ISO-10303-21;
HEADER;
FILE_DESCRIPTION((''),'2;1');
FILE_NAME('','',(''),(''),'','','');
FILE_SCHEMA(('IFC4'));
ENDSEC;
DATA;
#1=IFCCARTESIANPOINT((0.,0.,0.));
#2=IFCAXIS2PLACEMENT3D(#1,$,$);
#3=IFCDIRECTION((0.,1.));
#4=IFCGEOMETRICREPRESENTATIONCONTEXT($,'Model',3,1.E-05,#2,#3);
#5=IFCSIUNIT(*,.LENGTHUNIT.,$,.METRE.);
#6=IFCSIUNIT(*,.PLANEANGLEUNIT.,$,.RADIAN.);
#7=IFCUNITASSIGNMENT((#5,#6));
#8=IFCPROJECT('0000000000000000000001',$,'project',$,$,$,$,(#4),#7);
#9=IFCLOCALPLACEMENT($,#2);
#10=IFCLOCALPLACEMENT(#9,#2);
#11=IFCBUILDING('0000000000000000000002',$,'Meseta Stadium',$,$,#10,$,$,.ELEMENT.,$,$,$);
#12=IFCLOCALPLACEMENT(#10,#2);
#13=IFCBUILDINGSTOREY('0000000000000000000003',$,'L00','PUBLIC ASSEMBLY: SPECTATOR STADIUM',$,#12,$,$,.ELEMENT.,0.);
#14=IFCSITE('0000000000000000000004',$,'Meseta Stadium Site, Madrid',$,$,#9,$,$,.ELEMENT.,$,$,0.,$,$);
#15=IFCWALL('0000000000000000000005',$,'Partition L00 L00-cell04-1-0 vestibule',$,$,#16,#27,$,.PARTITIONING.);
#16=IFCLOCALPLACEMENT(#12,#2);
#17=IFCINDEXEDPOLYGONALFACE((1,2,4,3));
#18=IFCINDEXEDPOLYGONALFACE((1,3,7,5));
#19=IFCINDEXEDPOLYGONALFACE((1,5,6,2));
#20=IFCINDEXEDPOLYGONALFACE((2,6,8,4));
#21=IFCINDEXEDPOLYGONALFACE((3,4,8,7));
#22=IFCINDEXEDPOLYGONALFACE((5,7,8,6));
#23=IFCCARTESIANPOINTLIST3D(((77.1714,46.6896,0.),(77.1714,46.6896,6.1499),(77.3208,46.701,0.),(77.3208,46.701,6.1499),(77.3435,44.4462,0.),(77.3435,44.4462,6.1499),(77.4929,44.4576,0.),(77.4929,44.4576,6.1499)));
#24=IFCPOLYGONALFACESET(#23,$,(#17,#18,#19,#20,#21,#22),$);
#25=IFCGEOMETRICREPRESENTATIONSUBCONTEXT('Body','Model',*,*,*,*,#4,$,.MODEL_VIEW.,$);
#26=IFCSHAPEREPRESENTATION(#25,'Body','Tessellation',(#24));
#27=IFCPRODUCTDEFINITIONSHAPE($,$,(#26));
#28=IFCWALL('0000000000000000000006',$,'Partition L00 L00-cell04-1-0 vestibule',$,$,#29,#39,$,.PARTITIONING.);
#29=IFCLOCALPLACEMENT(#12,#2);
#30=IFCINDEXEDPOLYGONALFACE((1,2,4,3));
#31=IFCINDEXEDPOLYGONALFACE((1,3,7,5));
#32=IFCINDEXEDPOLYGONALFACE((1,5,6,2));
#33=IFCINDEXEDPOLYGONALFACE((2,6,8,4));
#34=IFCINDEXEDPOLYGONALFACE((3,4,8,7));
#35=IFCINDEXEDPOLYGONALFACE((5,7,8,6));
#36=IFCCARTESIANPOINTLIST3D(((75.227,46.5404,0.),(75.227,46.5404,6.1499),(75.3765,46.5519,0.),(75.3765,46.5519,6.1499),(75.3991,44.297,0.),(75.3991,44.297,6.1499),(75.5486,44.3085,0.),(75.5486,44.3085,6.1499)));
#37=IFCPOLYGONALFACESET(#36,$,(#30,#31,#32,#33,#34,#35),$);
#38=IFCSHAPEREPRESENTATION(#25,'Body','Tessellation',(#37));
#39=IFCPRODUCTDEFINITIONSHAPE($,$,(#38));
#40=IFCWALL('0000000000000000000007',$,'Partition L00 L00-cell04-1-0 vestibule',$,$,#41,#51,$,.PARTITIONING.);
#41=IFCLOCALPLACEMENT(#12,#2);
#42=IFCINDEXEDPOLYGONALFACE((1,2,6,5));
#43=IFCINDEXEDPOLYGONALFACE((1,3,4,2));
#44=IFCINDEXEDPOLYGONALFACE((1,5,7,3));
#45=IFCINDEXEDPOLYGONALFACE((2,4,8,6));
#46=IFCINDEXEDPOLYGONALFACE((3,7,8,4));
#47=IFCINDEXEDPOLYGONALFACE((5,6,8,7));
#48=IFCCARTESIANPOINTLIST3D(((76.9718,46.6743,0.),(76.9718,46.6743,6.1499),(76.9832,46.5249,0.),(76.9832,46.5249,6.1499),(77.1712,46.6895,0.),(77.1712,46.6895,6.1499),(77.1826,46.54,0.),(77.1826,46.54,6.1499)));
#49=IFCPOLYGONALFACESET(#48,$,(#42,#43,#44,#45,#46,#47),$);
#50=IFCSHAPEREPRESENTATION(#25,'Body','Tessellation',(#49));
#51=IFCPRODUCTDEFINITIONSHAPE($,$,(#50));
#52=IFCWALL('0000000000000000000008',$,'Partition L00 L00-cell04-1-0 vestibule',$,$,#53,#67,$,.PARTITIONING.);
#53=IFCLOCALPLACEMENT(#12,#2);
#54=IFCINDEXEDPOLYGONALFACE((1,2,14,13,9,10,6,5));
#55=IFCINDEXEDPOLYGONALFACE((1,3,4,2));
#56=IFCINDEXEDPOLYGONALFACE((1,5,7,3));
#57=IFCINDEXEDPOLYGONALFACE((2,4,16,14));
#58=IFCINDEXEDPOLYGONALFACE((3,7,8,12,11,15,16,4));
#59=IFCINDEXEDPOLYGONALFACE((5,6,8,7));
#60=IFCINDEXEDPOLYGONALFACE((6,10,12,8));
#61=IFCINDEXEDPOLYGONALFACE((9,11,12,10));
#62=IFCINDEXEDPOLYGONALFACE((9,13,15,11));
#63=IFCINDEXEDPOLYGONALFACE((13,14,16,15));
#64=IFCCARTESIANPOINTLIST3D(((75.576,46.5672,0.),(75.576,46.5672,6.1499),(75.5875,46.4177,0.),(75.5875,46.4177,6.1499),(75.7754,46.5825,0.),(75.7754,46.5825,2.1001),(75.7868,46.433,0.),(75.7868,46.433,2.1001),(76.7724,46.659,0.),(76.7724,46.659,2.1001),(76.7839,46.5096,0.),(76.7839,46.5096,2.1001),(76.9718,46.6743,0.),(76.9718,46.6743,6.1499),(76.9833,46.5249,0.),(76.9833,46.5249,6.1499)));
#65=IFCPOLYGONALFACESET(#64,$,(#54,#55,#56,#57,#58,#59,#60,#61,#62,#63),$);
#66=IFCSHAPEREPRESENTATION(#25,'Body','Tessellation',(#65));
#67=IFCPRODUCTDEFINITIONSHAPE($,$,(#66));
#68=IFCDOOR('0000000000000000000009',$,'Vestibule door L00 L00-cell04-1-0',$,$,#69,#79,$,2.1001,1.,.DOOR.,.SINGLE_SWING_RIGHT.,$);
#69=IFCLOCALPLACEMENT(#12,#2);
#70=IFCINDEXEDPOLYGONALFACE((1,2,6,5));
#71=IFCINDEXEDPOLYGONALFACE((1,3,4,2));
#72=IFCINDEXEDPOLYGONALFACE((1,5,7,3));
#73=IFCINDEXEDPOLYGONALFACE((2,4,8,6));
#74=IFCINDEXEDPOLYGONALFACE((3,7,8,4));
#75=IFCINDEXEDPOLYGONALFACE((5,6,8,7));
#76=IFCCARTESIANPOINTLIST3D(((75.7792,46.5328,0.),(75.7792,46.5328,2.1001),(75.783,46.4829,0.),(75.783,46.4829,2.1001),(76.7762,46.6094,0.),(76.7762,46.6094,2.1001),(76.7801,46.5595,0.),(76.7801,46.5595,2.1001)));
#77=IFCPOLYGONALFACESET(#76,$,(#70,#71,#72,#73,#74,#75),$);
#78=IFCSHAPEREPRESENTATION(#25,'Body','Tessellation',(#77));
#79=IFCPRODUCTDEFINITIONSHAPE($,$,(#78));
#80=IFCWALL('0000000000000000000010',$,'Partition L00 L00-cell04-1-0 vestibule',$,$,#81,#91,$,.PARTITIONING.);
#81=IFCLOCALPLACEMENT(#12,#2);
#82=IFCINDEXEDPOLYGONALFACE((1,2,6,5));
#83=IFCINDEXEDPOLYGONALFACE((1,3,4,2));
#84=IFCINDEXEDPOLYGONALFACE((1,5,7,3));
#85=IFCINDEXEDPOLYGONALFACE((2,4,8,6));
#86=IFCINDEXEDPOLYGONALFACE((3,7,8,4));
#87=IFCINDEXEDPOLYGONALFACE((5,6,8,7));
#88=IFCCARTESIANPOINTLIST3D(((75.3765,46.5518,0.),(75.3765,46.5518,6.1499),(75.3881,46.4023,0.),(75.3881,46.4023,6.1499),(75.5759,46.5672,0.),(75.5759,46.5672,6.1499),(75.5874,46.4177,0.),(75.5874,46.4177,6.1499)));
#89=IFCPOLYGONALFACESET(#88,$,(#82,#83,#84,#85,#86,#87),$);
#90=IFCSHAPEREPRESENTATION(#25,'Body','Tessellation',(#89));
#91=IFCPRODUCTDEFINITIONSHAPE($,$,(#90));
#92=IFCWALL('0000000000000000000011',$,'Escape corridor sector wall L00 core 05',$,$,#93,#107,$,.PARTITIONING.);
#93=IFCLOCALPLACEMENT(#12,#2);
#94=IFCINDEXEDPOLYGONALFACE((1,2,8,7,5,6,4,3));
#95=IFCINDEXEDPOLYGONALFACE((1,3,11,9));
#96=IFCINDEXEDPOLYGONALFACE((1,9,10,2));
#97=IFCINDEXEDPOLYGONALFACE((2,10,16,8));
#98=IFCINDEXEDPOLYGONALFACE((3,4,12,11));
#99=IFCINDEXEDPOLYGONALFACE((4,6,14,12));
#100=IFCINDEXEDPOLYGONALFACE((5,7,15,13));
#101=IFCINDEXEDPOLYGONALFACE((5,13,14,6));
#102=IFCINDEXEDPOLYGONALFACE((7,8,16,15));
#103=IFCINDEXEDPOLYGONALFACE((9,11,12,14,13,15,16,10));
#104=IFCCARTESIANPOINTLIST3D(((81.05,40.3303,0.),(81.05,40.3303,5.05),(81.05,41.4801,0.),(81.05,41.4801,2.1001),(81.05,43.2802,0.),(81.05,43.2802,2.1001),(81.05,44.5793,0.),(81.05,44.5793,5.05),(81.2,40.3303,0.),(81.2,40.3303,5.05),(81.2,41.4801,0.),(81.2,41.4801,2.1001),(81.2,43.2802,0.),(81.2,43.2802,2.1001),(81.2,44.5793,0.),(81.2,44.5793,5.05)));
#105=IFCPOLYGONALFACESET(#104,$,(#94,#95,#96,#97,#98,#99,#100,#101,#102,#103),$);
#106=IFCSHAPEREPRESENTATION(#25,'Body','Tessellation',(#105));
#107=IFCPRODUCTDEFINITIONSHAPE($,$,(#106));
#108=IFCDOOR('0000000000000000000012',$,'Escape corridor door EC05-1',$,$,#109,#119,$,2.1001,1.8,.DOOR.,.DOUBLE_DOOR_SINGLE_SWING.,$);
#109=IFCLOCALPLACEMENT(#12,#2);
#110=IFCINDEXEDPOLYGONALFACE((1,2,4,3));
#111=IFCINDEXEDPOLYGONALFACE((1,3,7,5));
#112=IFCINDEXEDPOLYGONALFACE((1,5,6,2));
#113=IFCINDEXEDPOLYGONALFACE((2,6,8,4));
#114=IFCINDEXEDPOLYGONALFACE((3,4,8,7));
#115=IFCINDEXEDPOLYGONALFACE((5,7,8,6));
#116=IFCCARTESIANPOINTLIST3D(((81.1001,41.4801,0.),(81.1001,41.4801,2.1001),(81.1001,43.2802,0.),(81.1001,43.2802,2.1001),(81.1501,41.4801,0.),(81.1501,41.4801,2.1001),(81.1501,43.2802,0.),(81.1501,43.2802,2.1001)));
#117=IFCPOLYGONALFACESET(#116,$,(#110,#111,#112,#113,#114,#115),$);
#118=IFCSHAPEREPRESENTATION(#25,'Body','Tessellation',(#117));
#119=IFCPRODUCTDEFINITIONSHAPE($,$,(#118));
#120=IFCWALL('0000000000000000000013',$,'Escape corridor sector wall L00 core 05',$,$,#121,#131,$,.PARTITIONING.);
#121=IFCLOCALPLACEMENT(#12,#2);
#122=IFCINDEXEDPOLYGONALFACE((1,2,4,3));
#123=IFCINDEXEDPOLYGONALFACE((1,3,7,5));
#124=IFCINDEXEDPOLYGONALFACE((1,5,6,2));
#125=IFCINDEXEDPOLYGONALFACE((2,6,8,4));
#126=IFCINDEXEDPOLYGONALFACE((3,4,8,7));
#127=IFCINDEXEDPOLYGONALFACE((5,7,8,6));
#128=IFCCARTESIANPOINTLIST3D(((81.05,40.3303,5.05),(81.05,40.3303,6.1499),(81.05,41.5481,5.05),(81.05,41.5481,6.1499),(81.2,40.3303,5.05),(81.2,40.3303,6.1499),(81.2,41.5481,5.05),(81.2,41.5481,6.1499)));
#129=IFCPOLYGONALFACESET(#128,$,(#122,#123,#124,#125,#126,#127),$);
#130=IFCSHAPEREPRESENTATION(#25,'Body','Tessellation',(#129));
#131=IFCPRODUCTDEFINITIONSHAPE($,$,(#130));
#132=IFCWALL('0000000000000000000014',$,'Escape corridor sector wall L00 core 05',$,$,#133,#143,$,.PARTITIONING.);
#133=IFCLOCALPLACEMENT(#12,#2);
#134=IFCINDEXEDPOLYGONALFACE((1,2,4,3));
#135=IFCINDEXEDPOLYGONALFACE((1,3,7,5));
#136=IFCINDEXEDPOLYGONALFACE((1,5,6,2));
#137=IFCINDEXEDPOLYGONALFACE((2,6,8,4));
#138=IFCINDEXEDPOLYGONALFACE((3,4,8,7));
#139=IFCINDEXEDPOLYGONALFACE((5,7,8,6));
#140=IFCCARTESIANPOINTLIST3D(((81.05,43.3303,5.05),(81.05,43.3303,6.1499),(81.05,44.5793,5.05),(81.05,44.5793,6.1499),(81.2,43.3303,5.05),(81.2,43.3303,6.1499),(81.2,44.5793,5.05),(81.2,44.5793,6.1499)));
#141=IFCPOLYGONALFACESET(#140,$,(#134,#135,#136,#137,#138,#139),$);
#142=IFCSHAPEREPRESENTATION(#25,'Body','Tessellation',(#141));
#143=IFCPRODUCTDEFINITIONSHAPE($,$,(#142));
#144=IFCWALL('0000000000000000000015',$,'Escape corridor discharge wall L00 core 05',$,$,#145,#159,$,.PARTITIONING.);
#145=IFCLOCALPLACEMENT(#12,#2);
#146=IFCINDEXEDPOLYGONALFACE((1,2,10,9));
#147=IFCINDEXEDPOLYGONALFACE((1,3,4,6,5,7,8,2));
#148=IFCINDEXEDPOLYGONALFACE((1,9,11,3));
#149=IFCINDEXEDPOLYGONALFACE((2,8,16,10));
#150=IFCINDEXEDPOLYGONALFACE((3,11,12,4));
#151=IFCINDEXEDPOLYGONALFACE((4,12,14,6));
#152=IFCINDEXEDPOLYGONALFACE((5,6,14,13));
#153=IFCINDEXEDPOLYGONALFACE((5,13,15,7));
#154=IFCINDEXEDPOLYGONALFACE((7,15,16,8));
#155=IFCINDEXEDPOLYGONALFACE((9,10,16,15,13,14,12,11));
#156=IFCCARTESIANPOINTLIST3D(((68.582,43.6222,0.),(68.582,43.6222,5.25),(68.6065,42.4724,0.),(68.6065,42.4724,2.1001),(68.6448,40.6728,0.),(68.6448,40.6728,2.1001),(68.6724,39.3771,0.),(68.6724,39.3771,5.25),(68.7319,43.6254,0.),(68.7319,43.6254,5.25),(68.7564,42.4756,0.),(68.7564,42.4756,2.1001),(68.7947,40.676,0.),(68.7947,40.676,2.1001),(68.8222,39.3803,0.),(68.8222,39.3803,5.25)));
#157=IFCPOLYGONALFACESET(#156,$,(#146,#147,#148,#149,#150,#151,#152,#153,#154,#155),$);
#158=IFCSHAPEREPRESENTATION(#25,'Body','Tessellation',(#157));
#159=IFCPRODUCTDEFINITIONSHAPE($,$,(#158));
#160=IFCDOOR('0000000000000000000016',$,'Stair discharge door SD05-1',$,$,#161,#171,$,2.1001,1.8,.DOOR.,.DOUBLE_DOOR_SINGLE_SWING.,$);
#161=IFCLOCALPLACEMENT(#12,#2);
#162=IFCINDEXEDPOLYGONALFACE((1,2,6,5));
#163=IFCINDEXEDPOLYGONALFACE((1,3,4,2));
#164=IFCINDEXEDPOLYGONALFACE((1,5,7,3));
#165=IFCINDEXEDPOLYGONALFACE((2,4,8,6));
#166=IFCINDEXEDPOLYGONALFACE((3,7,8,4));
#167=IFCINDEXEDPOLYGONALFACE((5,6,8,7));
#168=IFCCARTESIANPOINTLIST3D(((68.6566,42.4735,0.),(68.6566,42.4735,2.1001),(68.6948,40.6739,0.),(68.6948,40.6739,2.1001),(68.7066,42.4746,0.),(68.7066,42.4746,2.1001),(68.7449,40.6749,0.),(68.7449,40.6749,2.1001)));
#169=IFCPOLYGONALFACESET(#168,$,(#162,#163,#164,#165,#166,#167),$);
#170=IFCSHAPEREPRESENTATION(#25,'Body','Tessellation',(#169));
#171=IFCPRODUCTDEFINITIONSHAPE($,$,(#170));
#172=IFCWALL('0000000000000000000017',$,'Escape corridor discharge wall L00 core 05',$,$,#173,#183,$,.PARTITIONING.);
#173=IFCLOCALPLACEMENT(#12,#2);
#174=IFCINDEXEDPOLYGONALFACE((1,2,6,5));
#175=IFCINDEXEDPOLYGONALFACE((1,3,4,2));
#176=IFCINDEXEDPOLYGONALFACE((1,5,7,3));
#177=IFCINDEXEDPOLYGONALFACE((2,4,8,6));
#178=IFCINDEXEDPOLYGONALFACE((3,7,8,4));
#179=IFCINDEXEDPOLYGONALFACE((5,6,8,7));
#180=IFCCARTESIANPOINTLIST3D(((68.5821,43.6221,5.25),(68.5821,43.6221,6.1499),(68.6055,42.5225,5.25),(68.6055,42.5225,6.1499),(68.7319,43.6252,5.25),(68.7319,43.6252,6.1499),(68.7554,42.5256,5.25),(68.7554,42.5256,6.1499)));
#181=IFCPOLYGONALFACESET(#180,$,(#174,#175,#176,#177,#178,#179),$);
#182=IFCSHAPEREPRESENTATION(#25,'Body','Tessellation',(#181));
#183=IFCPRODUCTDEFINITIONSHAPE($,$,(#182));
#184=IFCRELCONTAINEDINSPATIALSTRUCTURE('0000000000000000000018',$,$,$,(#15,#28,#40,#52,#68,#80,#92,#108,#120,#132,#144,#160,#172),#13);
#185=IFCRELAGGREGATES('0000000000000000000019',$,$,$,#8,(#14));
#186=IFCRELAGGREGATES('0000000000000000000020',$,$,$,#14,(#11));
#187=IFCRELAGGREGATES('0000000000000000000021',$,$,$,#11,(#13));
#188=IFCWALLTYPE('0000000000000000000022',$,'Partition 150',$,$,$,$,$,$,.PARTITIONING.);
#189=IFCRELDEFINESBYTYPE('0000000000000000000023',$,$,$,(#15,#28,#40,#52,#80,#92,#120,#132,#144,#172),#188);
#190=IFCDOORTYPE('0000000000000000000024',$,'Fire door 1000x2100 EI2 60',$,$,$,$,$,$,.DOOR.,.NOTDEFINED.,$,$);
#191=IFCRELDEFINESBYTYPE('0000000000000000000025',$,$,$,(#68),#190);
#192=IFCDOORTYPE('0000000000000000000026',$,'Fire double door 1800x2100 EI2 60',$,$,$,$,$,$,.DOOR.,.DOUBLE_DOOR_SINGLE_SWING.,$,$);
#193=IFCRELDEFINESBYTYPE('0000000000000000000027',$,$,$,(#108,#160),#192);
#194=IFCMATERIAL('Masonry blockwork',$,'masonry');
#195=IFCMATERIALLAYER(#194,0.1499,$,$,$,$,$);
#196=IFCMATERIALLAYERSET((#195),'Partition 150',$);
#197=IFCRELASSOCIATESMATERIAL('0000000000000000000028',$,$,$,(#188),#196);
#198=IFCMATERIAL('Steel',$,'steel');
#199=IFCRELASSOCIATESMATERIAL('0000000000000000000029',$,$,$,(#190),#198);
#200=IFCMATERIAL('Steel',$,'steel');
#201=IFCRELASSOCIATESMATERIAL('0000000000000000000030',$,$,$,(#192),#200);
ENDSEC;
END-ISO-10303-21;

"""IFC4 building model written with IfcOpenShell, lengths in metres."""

from ifc_helpers import new_model, si_unit, direction, frame, frame_2d, origin, place, context, subcontext, project, spatial, rectangle, extrude, material, layer, layer_set, type_object, element, fill, save


model = new_model("IFC4")

# Units and contexts
model_context = context("Model", 3, precision=1e-05, world=origin(), true_north=direction((0.0, 1.0)))
body_context = subcontext(model_context, "Body", "Model", "MODEL_VIEW")
ifc_project = project(units=[si_unit("LENGTHUNIT", "METRE"), si_unit("PLANEANGLEUNIT", "RADIAN")], contexts=[model_context])

# Site, building, storey
site_placement = place(None, origin())
site = spatial("IfcSite", under=ifc_project, at=site_placement, Name="Meseta Stadium Site, Madrid", CompositionType="ELEMENT", RefElevation=0.0)
building_placement = place(site_placement, origin())
building = spatial("IfcBuilding", under=site, at=building_placement, Name="Meseta Stadium", CompositionType="ELEMENT")
storey_placement = place(building_placement, origin())
storey = spatial("IfcBuildingStorey", under=building, at=storey_placement, Name="L00", Description="PUBLIC ASSEMBLY: SPECTATOR STADIUM", CompositionType="ELEMENT", Elevation=0.0)

# Shared definitions
ifc_material_1 = material(Name="Masonry blockwork", Category="masonry")
ifc_layer = layer(ifc_material_1, 0.1499)
ifc_layer_set = layer_set([ifc_layer], Name="Partition 150")
wall_type = type_object("IfcWallType", Name="Partition 150", PredefinedType="PARTITIONING", material=ifc_layer_set)

# Shared definitions
ifc_material_2 = material(Name="Steel", Category="steel")
door_type_1 = type_object("IfcDoorType", Name="Fire door 1000x2100 EI2 60", OperationType="NOTDEFINED", PredefinedType="DOOR", material=ifc_material_2)

# Walls
for number, where, z_axis, x_axis, name in (
    (1, (77.4182, 44.4519, 0.0), (0.0, 0.0, 1.0), (-0.076497, 0.99707, 0.0), "Partition L00 L00-cell04-1-0 vestibule"),
    (2, (75.4739, 44.3027, 0.0), (0.0, 0.0, 1.0), (-0.076497, 0.99707, 0.0), "Partition L00 L00-cell04-1-0 vestibule"),
):
    element("IfcWall", number, at=place(storey_placement, frame(where, z_axis=z_axis, x_axis=x_axis)), inside=storey, type_object=wall_type, Name=name, PredefinedType="PARTITIONING", context=body_context, shape_type="SweptSolid", body=[
        extrude(rectangle(XDim=2.25, YDim=0.1499, at=frame_2d((1.125, 0.0))), origin(), (0.0, 0.0, 1.0), 6.1499),
    ])
wall_1_placement = place(storey_placement, frame((77.177, 46.6147, 0.0), z_axis=(0.0, 0.0, 1.0), x_axis=(-0.997133, -0.07567, 0.0)))
element("IfcWall", 3, at=wall_1_placement, inside=storey, type_object=wall_type, Name="Partition L00 L00-cell04-1-0 vestibule", PredefinedType="PARTITIONING", context=body_context, shape_type="SweptSolid", body=[
    extrude(rectangle(XDim=0.2, YDim=0.1499, at=frame_2d((0.1001, 0.0))), origin(), (0.0, 0.0, 1.0), 6.1499),
])

# Wall, opening, door
wall_2_placement = place(storey_placement, frame((76.9775, 46.5996, 0.0), z_axis=(0.0, 0.0, 1.0), x_axis=(-0.997065, -0.076563, 0.0)))
wall_2 = element("IfcWall", 4, at=wall_2_placement, inside=storey, type_object=wall_type, Name="Partition L00 L00-cell04-1-0 vestibule", PredefinedType="PARTITIONING", context=body_context, shape_type="SweptSolid", body=[
    extrude(rectangle(XDim=1.3999, YDim=0.1499, at=frame_2d((0.7, 0.0))), origin(), (0.0, 0.0, 1.0), 6.1499),
])
opening_1_placement = place(wall_2_placement, frame((0.2, 0.0, 0.0)))
opening_1 = element("IfcOpeningElement", 5, at=opening_1_placement, cuts=wall_2, PredefinedType="OPENING", context=body_context, shape_type="SweptSolid", body=[
    extrude(rectangle(XDim=1.0, YDim=2.1001, at=frame_2d((0.5, 1.05))), frame((0.0, 0.085, 0.0), z_axis=(0.0, -1.0, 0.0), x_axis=(1.0, 0.0, 0.0)), (0.0, 0.0, 1.0), 0.1699),
])
door_1_placement = place(opening_1_placement, origin())
door_1 = element("IfcDoor", 6, at=door_1_placement, inside=storey, type_object=door_type_1, Name="Vestibule door L00 L00-cell04-1-0", OperationType="SINGLE_SWING_RIGHT", OverallHeight=2.1001, OverallWidth=1.0, PredefinedType="DOOR", context=body_context, shape_type="SweptSolid", body=[
    extrude(rectangle(XDim=1.0, YDim=2.1001, at=frame_2d((0.5, 1.05))), frame((0.0, 0.0249, 0.0), z_axis=(0.0, -1.0, 0.0), x_axis=(1.0, 0.0, 0.0)), (0.0, 0.0, 1.0), 0.05),
])
fill(opening_1, door_1)

# Wall
wall_3_placement = place(storey_placement, frame((75.5818, 46.4924, 0.0), z_axis=(0.0, 0.0, 1.0), x_axis=(-0.99704, -0.076883, 0.0)))
element("IfcWall", 7, at=wall_3_placement, inside=storey, type_object=wall_type, Name="Partition L00 L00-cell04-1-0 vestibule", PredefinedType="PARTITIONING", context=body_context, shape_type="SweptSolid", body=[
    extrude(rectangle(XDim=0.2, YDim=0.1499, at=frame_2d((0.1001, 0.0))), origin(), (0.0, 0.0, 1.0), 6.1499),
])

# Wall, opening, door
wall_4_placement = place(storey_placement, frame((81.125, 40.3303, 0.0), z_axis=(0.0, 0.0, 1.0), x_axis=(0.0, 1.0, 0.0)))
wall_4 = element("IfcWall", 8, at=wall_4_placement, inside=storey, type_object=wall_type, Name="Escape corridor sector wall L00 core 05", PredefinedType="PARTITIONING", context=body_context, shape_type="SweptSolid", body=[
    extrude(rectangle(XDim=4.249, YDim=0.1499, at=frame_2d((2.1245, 0.0))), origin(), (0.0, 0.0, 1.0), 5.05),
])
opening_2_placement = place(wall_4_placement, frame((1.1499, 0.0, 0.0)))
opening_2 = element("IfcOpeningElement", 9, at=opening_2_placement, cuts=wall_4, PredefinedType="OPENING", context=body_context, shape_type="SweptSolid", body=[
    extrude(rectangle(XDim=1.8, YDim=2.1001, at=frame_2d((0.8999, 1.05))), frame((0.0, 0.085, 0.0), z_axis=(0.0, -1.0, 0.0), x_axis=(1.0, 0.0, 0.0)), (0.0, 0.0, 1.0), 0.1699),
])
ifc_material_3 = material(Name="Steel", Category="steel")
door_type_2 = type_object("IfcDoorType", Name="Fire double door 1800x2100 EI2 60", OperationType="DOUBLE_DOOR_SINGLE_SWING", PredefinedType="DOOR", material=ifc_material_3)
door_2_placement = place(opening_2_placement, origin())
door_2 = element("IfcDoor", 10, at=door_2_placement, inside=storey, type_object=door_type_2, Name="Escape corridor door EC05-1", OperationType="DOUBLE_DOOR_SINGLE_SWING", OverallHeight=2.1001, OverallWidth=1.8, PredefinedType="DOOR", context=body_context, shape_type="SweptSolid", body=[
    extrude(rectangle(XDim=1.8, YDim=2.1001, at=frame_2d((0.8999, 1.05))), frame((0.0, 0.0249, 0.0), z_axis=(0.0, -1.0, 0.0), x_axis=(1.0, 0.0, 0.0)), (0.0, 0.0, 1.0), 0.05),
])
fill(opening_2, door_2)

# Walls
wall_5_placement = place(storey_placement, frame((81.125, 40.3303, 5.05), z_axis=(0.0, 0.0, 1.0), x_axis=(0.0, 1.0, 0.0)))
element("IfcWall", 11, at=wall_5_placement, inside=storey, type_object=wall_type, Name="Escape corridor sector wall L00 core 05", PredefinedType="PARTITIONING", context=body_context, shape_type="SweptSolid", body=[
    extrude(rectangle(XDim=1.2178, YDim=0.1499, at=frame_2d((0.6089, 0.0))), origin(), (0.0, 0.0, 1.0), 1.0999),
])
wall_6_placement = place(storey_placement, frame((81.125, 43.3303, 5.05), z_axis=(0.0, 0.0, 1.0), x_axis=(0.0, 1.0, 0.0)))
element("IfcWall", 12, at=wall_6_placement, inside=storey, type_object=wall_type, Name="Escape corridor sector wall L00 core 05", PredefinedType="PARTITIONING", context=body_context, shape_type="SweptSolid", body=[
    extrude(rectangle(XDim=1.249, YDim=0.1499, at=frame_2d((0.6245, 0.0))), origin(), (0.0, 0.0, 1.0), 1.0999),
])

# Wall, opening, door
wall_7_placement = place(storey_placement, frame((68.7473, 39.3787, 0.0), z_axis=(0.0, 0.0, 1.0), x_axis=(-0.021274, 0.999774, 0.0)))
wall_7 = element("IfcWall", 13, at=wall_7_placement, inside=storey, type_object=wall_type, Name="Escape corridor discharge wall L00 core 05", PredefinedType="PARTITIONING", context=body_context, shape_type="SweptSolid", body=[
    extrude(rectangle(XDim=4.2461, YDim=0.1499, at=frame_2d((2.123, 0.0))), origin(), (0.0, 0.0, 1.0), 5.25),
])
opening_3_placement = place(wall_7_placement, frame((1.2961, 0.0, 0.0)))
opening_3 = element("IfcOpeningElement", 14, at=opening_3_placement, cuts=wall_7, PredefinedType="OPENING", context=body_context, shape_type="SweptSolid", body=[
    extrude(rectangle(XDim=1.8, YDim=2.1001, at=frame_2d((0.8999, 1.05))), frame((0.0, 0.085, 0.0), z_axis=(0.0, -1.0, 0.0), x_axis=(1.0, 0.0, 0.0)), (0.0, 0.0, 1.0), 0.1699),
])
door_3_placement = place(opening_3_placement, origin())
door_3 = element("IfcDoor", 15, at=door_3_placement, inside=storey, type_object=door_type_2, Name="Stair discharge door SD05-1", OperationType="DOUBLE_DOOR_SINGLE_SWING", OverallHeight=2.1001, OverallWidth=1.8, PredefinedType="DOOR", context=body_context, shape_type="SweptSolid", body=[
    extrude(rectangle(XDim=1.8, YDim=2.1001, at=frame_2d((0.8999, 1.05))), frame((0.0, 0.0249, 0.0), z_axis=(0.0, -1.0, 0.0), x_axis=(1.0, 0.0, 0.0)), (0.0, 0.0, 1.0), 0.05),
])
fill(opening_3, door_3)

# Wall
wall_8_placement = place(storey_placement, frame((68.6804, 42.5242, 5.25), z_axis=(0.0, 0.0, 1.0), x_axis=(-0.02131, 0.999773, 0.0)))
element("IfcWall", 16, at=wall_8_placement, inside=storey, type_object=wall_type, Name="Escape corridor discharge wall L00 core 05", PredefinedType="PARTITIONING", context=body_context, shape_type="SweptSolid", body=[
    extrude(rectangle(XDim=1.0999, YDim=0.1499, at=frame_2d((0.5498, 0.0))), origin(), (0.0, 0.0, 1.0), 0.8999),
])

save(model, "model.ifc")
